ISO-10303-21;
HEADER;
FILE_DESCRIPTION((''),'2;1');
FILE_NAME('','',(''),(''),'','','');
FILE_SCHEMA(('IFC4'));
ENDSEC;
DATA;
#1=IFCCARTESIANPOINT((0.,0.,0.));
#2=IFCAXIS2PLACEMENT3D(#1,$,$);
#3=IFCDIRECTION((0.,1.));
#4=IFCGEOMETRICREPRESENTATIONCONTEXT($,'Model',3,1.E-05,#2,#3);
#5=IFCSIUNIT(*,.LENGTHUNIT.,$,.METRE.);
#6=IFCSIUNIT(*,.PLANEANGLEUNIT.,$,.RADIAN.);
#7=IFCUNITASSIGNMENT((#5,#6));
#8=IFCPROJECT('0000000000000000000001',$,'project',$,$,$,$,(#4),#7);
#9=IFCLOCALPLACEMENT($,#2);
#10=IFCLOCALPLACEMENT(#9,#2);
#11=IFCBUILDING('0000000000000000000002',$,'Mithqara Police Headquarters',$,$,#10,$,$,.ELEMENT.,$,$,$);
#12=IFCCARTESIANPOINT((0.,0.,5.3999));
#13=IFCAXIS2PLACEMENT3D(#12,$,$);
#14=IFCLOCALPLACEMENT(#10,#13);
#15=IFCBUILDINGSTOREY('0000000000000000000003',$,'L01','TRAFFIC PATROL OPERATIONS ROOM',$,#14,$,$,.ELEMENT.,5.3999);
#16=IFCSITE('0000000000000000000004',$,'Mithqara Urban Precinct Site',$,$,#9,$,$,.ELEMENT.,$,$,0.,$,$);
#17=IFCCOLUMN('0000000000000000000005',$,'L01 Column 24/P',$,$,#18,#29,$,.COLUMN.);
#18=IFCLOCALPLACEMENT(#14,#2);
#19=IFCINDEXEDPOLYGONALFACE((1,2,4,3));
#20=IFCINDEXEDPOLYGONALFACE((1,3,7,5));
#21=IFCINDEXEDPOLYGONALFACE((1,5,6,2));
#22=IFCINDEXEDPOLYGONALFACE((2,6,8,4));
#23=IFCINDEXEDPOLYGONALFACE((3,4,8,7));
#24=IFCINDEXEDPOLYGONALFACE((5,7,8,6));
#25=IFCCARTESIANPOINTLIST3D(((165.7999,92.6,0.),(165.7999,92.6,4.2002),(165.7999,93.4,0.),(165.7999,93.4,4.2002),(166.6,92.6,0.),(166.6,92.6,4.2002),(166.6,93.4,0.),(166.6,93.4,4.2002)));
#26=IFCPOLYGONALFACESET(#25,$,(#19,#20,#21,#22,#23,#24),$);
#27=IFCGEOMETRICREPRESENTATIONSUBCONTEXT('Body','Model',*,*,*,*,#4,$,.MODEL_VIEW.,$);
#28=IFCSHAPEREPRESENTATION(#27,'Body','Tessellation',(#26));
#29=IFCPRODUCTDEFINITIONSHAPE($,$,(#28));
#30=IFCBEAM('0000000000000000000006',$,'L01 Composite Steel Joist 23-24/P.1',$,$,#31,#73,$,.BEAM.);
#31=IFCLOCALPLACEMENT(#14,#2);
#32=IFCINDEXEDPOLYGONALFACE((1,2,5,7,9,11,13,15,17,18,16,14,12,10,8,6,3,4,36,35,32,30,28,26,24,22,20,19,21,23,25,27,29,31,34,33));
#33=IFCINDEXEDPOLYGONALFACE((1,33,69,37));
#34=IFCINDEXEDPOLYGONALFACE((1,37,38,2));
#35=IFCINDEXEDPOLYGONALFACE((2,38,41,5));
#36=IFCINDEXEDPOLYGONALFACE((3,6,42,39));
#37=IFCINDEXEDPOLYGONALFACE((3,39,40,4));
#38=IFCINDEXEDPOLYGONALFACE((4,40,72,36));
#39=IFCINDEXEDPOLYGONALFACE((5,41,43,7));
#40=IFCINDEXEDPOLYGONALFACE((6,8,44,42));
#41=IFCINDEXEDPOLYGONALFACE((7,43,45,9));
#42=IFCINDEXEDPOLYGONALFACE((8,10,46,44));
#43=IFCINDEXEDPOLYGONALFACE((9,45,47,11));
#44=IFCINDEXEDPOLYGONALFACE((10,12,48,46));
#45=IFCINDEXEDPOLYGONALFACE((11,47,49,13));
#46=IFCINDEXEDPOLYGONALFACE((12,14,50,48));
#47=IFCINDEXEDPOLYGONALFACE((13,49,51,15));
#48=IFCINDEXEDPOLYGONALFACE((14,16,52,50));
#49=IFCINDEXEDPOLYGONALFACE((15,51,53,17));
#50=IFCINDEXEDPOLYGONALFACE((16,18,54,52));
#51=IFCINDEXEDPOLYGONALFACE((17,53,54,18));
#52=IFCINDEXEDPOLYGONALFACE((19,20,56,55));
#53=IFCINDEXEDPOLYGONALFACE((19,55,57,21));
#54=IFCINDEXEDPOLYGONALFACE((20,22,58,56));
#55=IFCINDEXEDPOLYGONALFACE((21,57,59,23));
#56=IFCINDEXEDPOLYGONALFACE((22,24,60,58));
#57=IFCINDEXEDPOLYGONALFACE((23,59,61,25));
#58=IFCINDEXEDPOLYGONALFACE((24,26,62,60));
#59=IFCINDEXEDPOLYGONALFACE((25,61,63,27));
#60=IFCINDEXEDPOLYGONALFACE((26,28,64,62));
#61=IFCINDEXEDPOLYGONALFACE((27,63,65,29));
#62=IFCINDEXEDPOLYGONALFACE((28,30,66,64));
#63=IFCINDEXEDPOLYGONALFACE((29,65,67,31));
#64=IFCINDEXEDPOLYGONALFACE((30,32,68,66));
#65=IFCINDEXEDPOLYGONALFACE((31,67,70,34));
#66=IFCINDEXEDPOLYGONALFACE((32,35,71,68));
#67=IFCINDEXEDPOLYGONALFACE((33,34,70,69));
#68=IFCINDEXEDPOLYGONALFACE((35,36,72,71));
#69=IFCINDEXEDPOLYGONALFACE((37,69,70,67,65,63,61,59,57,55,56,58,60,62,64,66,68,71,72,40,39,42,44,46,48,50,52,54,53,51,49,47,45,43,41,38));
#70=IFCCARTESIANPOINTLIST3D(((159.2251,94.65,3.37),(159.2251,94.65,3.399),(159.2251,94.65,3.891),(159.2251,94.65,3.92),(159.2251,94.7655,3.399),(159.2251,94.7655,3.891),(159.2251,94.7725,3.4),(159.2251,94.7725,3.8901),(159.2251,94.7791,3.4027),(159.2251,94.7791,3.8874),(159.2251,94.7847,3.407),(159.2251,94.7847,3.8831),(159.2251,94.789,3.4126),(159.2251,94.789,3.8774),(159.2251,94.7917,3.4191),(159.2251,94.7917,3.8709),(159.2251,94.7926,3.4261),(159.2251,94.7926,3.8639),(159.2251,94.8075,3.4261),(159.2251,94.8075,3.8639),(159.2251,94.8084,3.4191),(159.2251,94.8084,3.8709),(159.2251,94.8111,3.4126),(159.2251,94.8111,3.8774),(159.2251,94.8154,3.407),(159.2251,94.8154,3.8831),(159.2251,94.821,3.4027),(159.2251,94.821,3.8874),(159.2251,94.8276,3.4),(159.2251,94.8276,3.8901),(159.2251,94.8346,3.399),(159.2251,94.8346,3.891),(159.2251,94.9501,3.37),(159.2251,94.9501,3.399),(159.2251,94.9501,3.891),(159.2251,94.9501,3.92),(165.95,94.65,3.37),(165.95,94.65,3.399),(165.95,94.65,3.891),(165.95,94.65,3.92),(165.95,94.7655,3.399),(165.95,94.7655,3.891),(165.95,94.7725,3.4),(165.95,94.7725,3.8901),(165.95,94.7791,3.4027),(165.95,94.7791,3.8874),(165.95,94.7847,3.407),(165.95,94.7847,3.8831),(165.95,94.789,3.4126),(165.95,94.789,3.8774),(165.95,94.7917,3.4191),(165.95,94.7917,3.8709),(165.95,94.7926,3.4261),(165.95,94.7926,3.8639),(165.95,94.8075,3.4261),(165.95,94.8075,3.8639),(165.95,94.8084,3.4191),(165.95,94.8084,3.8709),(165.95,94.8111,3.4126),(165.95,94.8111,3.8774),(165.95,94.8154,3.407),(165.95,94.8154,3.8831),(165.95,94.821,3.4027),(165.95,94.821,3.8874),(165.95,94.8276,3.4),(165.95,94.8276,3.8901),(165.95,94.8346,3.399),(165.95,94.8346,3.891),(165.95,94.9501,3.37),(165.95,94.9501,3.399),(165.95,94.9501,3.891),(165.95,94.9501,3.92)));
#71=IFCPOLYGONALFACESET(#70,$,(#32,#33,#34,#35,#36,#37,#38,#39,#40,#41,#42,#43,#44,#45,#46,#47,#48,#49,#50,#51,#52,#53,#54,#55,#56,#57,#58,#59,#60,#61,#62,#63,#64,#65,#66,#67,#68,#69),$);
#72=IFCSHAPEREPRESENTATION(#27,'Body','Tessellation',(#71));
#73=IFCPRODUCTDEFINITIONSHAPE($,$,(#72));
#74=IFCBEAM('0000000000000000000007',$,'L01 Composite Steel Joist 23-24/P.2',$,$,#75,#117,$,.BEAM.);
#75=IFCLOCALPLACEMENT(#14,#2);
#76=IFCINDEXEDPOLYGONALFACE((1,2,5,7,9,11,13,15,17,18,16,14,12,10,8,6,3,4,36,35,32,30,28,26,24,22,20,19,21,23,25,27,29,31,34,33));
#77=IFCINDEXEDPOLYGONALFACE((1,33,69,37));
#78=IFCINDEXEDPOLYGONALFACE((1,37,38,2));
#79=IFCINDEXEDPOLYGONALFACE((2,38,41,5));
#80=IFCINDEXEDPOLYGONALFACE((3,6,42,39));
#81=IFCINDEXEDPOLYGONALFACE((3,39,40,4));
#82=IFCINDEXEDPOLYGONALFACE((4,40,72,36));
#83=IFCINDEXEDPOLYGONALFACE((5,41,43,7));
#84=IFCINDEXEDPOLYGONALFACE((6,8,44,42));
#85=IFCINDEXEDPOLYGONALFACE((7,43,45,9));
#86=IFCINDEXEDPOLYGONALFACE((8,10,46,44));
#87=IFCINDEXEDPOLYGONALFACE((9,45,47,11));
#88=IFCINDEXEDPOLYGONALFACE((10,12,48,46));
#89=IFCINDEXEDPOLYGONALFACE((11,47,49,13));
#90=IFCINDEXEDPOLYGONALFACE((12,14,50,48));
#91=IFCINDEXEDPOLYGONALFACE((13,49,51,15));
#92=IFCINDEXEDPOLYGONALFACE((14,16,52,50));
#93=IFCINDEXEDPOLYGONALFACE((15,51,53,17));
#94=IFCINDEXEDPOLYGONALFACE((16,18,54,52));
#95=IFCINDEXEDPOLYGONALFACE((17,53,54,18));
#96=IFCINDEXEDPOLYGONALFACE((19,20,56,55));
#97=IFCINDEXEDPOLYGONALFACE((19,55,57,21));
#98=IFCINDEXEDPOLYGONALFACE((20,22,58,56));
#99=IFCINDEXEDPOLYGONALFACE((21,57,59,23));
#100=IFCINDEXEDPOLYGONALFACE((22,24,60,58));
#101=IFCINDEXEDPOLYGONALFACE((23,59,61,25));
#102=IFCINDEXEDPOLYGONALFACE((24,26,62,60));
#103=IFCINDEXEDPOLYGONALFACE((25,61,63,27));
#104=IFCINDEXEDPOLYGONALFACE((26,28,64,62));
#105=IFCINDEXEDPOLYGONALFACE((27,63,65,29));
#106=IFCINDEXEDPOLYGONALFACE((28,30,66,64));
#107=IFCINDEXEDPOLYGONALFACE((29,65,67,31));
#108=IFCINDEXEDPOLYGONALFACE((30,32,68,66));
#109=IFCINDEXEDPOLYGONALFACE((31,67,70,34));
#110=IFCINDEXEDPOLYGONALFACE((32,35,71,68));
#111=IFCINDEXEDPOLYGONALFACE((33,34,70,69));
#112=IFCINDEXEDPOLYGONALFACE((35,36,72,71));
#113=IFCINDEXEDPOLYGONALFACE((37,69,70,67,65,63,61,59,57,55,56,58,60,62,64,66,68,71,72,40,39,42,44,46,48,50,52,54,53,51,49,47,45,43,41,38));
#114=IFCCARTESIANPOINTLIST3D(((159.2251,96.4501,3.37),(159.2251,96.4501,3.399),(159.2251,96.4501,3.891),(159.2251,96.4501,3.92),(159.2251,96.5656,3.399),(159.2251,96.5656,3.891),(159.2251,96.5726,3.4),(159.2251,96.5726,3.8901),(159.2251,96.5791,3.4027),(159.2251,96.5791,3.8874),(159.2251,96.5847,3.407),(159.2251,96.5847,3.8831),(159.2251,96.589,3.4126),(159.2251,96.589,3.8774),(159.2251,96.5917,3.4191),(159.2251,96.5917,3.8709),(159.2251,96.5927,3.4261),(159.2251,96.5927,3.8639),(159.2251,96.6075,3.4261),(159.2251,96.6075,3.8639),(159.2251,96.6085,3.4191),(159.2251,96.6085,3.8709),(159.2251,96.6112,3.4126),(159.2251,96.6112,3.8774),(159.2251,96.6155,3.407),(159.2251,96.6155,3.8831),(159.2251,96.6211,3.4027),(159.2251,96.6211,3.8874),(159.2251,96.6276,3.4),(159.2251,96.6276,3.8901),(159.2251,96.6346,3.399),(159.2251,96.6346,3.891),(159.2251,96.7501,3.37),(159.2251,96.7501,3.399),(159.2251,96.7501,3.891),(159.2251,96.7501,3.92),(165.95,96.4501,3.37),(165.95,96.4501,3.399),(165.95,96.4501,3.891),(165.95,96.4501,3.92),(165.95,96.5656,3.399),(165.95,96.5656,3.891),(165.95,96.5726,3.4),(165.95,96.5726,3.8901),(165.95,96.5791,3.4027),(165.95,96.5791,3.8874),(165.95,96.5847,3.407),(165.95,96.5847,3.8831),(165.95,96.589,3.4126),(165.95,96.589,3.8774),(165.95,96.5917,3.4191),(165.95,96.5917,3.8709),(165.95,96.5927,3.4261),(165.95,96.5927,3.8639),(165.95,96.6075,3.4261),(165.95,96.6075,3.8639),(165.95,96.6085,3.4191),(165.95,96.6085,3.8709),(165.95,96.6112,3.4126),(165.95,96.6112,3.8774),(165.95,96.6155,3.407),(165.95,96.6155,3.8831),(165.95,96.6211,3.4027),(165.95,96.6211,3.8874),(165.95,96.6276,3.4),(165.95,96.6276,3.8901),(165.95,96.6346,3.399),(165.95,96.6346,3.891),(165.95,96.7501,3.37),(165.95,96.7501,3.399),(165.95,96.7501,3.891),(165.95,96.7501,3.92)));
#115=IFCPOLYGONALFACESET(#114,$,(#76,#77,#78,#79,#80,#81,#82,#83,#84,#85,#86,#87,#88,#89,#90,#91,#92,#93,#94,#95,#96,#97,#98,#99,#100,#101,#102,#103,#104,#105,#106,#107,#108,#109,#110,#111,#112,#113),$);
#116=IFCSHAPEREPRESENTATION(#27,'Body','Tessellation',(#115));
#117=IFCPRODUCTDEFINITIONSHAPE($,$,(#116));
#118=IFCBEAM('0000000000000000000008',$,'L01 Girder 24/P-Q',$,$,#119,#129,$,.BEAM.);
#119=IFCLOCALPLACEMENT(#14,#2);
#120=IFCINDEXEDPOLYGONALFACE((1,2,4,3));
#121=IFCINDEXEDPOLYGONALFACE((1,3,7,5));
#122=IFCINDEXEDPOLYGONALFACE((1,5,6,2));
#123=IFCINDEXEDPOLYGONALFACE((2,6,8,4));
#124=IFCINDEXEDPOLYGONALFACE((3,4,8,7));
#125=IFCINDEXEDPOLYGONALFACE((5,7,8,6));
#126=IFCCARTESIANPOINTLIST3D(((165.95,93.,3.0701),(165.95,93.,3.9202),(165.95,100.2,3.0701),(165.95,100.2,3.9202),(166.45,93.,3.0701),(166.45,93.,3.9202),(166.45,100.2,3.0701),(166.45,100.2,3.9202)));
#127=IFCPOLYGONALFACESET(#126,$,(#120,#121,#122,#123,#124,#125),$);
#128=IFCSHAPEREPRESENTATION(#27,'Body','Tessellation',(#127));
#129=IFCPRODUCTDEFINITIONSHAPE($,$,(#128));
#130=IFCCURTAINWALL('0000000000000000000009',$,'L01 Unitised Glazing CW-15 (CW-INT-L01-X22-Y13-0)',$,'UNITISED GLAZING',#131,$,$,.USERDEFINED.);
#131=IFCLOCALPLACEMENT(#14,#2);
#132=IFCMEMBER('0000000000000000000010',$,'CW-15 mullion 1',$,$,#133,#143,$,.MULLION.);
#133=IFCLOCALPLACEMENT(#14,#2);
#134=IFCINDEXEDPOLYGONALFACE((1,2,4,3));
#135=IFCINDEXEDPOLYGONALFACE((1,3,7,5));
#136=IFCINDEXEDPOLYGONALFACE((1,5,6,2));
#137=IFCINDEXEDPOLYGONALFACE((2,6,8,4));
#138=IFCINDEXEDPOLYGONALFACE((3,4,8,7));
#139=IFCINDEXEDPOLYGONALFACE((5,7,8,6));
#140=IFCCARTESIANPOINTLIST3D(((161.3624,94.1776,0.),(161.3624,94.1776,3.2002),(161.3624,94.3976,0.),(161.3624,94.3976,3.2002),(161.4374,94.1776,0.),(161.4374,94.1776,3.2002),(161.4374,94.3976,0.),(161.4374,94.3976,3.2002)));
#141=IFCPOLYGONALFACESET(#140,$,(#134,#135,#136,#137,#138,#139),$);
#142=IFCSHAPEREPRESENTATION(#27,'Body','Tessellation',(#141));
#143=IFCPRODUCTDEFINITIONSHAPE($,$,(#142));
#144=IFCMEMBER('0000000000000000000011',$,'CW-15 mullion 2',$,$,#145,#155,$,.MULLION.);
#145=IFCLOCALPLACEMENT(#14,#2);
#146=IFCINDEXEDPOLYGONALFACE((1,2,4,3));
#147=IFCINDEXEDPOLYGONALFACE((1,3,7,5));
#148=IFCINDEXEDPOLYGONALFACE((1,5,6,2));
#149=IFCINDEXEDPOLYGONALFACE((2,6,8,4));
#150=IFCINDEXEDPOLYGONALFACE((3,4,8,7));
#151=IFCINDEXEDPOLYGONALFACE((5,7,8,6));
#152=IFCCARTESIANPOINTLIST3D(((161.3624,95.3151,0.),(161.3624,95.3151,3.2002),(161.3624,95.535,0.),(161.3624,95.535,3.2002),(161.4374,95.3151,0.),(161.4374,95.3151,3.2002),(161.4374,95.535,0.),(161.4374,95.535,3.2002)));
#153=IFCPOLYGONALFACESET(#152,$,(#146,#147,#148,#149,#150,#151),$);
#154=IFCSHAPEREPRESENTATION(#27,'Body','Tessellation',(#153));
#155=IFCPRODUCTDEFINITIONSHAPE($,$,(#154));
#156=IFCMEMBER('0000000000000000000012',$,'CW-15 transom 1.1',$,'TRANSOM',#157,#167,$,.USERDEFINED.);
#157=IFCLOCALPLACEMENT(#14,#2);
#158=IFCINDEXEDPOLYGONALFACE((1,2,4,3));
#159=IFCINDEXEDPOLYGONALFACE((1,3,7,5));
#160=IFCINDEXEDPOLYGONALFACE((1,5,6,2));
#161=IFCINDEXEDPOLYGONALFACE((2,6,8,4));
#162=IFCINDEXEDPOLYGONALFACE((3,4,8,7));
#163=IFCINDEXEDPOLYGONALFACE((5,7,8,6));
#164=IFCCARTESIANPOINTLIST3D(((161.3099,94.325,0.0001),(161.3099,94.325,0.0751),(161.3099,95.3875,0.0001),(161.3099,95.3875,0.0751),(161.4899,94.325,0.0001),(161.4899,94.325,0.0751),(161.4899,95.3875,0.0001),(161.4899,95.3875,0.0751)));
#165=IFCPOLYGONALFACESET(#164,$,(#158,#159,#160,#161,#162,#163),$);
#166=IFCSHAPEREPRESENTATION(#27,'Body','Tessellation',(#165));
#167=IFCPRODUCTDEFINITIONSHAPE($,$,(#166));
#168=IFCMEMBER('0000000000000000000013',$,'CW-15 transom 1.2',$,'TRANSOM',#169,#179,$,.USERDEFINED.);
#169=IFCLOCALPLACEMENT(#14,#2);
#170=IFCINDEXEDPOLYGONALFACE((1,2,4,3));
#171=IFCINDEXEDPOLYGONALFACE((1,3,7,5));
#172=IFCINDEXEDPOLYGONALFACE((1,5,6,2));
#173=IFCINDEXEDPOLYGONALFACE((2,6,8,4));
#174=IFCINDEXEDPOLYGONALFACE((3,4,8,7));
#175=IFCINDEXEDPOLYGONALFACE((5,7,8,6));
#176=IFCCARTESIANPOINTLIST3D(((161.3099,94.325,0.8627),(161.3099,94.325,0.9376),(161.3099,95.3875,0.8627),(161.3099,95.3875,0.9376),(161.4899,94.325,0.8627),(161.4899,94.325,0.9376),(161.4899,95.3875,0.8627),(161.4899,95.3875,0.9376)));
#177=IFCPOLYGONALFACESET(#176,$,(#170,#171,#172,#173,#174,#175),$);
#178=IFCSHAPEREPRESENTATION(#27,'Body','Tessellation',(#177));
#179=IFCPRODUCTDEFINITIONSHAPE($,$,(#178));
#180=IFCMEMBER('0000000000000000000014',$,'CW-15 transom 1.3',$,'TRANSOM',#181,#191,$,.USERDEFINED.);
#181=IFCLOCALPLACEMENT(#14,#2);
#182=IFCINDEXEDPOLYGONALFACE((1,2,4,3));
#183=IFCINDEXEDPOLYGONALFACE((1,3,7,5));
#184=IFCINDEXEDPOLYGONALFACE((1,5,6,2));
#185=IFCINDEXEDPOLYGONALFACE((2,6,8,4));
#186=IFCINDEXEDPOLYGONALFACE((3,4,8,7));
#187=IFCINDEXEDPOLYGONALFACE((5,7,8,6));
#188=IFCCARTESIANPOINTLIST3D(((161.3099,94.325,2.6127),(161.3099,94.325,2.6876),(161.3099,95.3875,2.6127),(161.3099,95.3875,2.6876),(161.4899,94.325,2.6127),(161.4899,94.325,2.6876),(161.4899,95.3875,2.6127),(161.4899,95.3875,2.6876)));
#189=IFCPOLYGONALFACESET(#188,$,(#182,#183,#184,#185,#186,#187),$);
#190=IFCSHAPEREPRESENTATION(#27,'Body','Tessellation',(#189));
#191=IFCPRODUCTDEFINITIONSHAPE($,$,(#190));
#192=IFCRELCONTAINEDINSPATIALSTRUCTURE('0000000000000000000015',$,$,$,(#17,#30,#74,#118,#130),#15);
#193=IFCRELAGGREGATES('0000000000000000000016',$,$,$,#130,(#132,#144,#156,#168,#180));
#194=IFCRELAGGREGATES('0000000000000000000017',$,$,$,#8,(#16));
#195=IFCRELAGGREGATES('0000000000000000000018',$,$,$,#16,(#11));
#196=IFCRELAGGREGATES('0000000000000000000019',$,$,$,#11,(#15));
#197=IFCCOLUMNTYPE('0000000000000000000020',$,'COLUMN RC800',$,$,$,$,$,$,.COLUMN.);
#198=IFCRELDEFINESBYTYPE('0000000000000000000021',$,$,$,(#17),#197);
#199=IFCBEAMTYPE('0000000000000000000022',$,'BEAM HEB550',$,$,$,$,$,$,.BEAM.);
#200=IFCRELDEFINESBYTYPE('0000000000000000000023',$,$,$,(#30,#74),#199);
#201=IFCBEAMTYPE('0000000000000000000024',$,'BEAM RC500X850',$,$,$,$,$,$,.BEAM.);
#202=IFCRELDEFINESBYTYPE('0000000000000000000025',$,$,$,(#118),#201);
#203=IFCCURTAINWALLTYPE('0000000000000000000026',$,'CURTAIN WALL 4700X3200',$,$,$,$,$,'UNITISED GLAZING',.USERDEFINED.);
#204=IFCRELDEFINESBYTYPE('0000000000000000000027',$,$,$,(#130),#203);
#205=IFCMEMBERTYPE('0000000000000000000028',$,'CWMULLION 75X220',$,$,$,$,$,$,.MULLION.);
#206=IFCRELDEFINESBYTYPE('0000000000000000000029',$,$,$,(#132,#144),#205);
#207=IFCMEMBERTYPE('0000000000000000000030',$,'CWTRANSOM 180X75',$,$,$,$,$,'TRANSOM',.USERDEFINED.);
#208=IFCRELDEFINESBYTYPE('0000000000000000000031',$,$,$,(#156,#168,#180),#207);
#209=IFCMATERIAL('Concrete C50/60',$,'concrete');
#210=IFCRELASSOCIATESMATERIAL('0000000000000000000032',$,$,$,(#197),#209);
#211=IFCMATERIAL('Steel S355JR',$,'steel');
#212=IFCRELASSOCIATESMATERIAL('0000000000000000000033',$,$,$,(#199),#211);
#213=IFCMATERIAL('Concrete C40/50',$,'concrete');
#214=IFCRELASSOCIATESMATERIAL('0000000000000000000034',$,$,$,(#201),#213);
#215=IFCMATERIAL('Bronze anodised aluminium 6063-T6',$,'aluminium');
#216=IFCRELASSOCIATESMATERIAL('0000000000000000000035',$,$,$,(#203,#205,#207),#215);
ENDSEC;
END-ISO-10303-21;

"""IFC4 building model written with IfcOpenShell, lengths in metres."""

from ifc_helpers import new_model, si_unit, direction, frame, origin, origin_2d, place, context, subcontext, project, spatial, rectangle, i_section, extrude, material, material_profile, profile_set, type_object, element, aggregate, save


model = new_model("IFC4")

# Units and contexts
model_context = context("Model", 3, precision=1e-05, world=origin(), true_north=direction((0.0, 1.0)))
body_context = subcontext(model_context, "Body", "Model", "MODEL_VIEW")
ifc_project = project(units=[si_unit("LENGTHUNIT", "METRE"), si_unit("PLANEANGLEUNIT", "RADIAN")], contexts=[model_context])

# Site, building, storey
site_placement = place(None, origin())
site = spatial("IfcSite", under=ifc_project, at=site_placement, Name="Mithqara Urban Precinct Site", CompositionType="ELEMENT", RefElevation=0.0)
building_placement = place(site_placement, origin())
building = spatial("IfcBuilding", under=site, at=building_placement, Name="Mithqara Police Headquarters", CompositionType="ELEMENT")
storey_placement = place(building_placement, frame((0.0, 0.0, 5.3999)))
storey = spatial("IfcBuildingStorey", under=building, at=storey_placement, Name="L01", Description="TRAFFIC PATROL OPERATIONS ROOM", CompositionType="ELEMENT", Elevation=5.3999)

# Column
ifc_material_1 = material(Name="Concrete C50/60", Category="concrete")
ifc_material_profile_1 = material_profile(ifc_material_1, rectangle(XDim=0.8, YDim=0.8, at=origin_2d()), Name="RC 800x800")
ifc_profile_set_1 = profile_set([ifc_material_profile_1], Name="Concrete C50/60")
column_type = type_object("IfcColumnType", Name="COLUMN RC800", PredefinedType="COLUMN", material=ifc_profile_set_1)
column_placement = place(storey_placement, frame((166.2, 93.0, 0.0), z_axis=(0.0, 0.0, 1.0), x_axis=(1.0, 0.0, 0.0)))
element("IfcColumn", 1, at=column_placement, inside=storey, type_object=column_type, Name="L01 Column 24/P", PredefinedType="COLUMN", context=body_context, shape_type="SweptSolid", body=[
    extrude(rectangle(XDim=0.8, YDim=0.8, at=origin_2d()), origin(), (0.0, 0.0, 1.0), 4.2002),
])

# Beams
ifc_material_2 = material(Name="Steel S355JR", Category="steel")
ifc_material_profile_2 = material_profile(ifc_material_2, i_section(OverallWidth=0.3, OverallDepth=0.55, WebThickness=0.0149, FlangeThickness=0.0291, FilletRadius=0.0271, at=origin_2d()), Name="HEB 550")
ifc_profile_set_2 = profile_set([ifc_material_profile_2], Name="Steel S355JR")
beam_type_1 = type_object("IfcBeamType", Name="BEAM HEB550", PredefinedType="BEAM", material=ifc_profile_set_2)
for number, where, z_axis, x_axis, name in (
    (2, (159.2251, 94.8, 3.645), (1.0, 0.0, 0.0), (0.0, 1.0, 0.0), "L01 Composite Steel Joist 23-24/P.1"),
    (3, (159.2251, 96.6001, 3.645), (1.0, 0.0, 0.0), (0.0, 1.0, 0.0), "L01 Composite Steel Joist 23-24/P.2"),
):
    element("IfcBeam", number, at=place(storey_placement, frame(where, z_axis=z_axis, x_axis=x_axis)), inside=storey, type_object=beam_type_1, Name=name, PredefinedType="BEAM", context=body_context, shape_type="SweptSolid", body=[
        extrude(i_section(OverallWidth=0.3, OverallDepth=0.55, WebThickness=0.0149, FlangeThickness=0.0291, FilletRadius=0.0271, at=origin_2d()), origin(), (0.0, 0.0, 1.0), 6.7249),
    ])
ifc_material_3 = material(Name="Concrete C40/50", Category="concrete")
ifc_material_profile_3 = material_profile(ifc_material_3, rectangle(XDim=0.5, YDim=0.8501, at=origin_2d()), Name="RC 500x850")
ifc_profile_set_3 = profile_set([ifc_material_profile_3], Name="Concrete C40/50")
beam_type_2 = type_object("IfcBeamType", Name="BEAM RC500X850", PredefinedType="BEAM", material=ifc_profile_set_3)
beam_placement = place(storey_placement, frame((166.2, 93.0, 3.4951), z_axis=(0.0, 1.0, 0.0), x_axis=(-1.0, 0.0, 0.0)))
element("IfcBeam", 4, at=beam_placement, inside=storey, type_object=beam_type_2, Name="L01 Girder 24/P-Q", PredefinedType="BEAM", context=body_context, shape_type="SweptSolid", body=[
    extrude(rectangle(XDim=0.5, YDim=0.8501, at=origin_2d()), origin(), (0.0, 0.0, 1.0), 7.2),
])

# Curtain wall, members
ifc_material_4 = material(Name="Bronze anodised aluminium 6063-T6", Category="aluminium")
curtain_wall_type = type_object("IfcCurtainWallType", Name="CURTAIN WALL 4700X3200", ElementType="UNITISED GLAZING", PredefinedType="USERDEFINED", material=ifc_material_4)
curtain_wall_placement = place(storey_placement, origin())
curtain_wall = element("IfcCurtainWall", 5, at=curtain_wall_placement, inside=storey, type_object=curtain_wall_type, Name="L01 Unitised Glazing CW-15 (CW-INT-L01-X22-Y13-0)", ObjectType="UNITISED GLAZING", PredefinedType="USERDEFINED")
ifc_material_profile_4 = material_profile(ifc_material_4, rectangle(XDim=0.075, YDim=0.22, at=origin_2d()), Name="CWM 75x220")
ifc_profile_set_4 = profile_set([ifc_material_profile_4], Name="Bronze anodised aluminium 6063-T6")
member_type_1 = type_object("IfcMemberType", Name="CWMULLION 75X220", PredefinedType="MULLION", material=ifc_profile_set_4)
member_1_placement = place(storey_placement, frame((161.3999, 94.2876, 0.0), z_axis=(0.0, 0.0, 1.0), x_axis=(-1.0, 0.0, 0.0)))
member_1 = element("IfcMember", 6, at=member_1_placement, type_object=member_type_1, Name="CW-15 mullion 1", PredefinedType="MULLION", context=body_context, shape_type="SweptSolid", body=[
    extrude(rectangle(XDim=0.075, YDim=0.22, at=origin_2d()), origin(), (0.0, 0.0, 1.0), 3.2002),
])
member_2_placement = place(storey_placement, frame((161.3999, 95.425, 0.0), z_axis=(0.0, 0.0, 1.0), x_axis=(-1.0, 0.0, 0.0)))
member_2 = element("IfcMember", 7, at=member_2_placement, type_object=member_type_1, Name="CW-15 mullion 2", PredefinedType="MULLION", context=body_context, shape_type="SweptSolid", body=[
    extrude(rectangle(XDim=0.075, YDim=0.22, at=origin_2d()), origin(), (0.0, 0.0, 1.0), 3.2002),
])
ifc_material_profile_5 = material_profile(ifc_material_4, rectangle(XDim=0.1799, YDim=0.075, at=origin_2d()), Name="CWT 180x75")
ifc_profile_set_5 = profile_set([ifc_material_profile_5], Name="Bronze anodised aluminium 6063-T6")
member_type_2 = type_object("IfcMemberType", Name="CWTRANSOM 180X75", ElementType="TRANSOM", PredefinedType="USERDEFINED", material=ifc_profile_set_5)
member_3_placement = place(storey_placement, frame((161.3999, 94.325, 0.0376), z_axis=(0.0, 1.0, 0.0), x_axis=(-1.0, 0.0, 0.0)))
member_3 = element("IfcMember", 8, at=member_3_placement, type_object=member_type_2, Name="CW-15 transom 1.1", ObjectType="TRANSOM", PredefinedType="USERDEFINED", context=body_context, shape_type="SweptSolid", body=[
    extrude(rectangle(XDim=0.1799, YDim=0.075, at=origin_2d()), origin(), (0.0, 0.0, 1.0), 1.0625),
])
member_4_placement = place(storey_placement, frame((161.3999, 94.325, 0.9001), z_axis=(0.0, 1.0, 0.0), x_axis=(-1.0, 0.0, 0.0)))
member_4 = element("IfcMember", 9, at=member_4_placement, type_object=member_type_2, Name="CW-15 transom 1.2", ObjectType="TRANSOM", PredefinedType="USERDEFINED", context=body_context, shape_type="SweptSolid", body=[
    extrude(rectangle(XDim=0.1799, YDim=0.075, at=origin_2d()), origin(), (0.0, 0.0, 1.0), 1.0625),
])
member_5_placement = place(storey_placement, frame((161.3999, 94.325, 2.6501), z_axis=(0.0, 1.0, 0.0), x_axis=(-1.0, 0.0, 0.0)))
member_5 = element("IfcMember", 10, at=member_5_placement, type_object=member_type_2, Name="CW-15 transom 1.3", ObjectType="TRANSOM", PredefinedType="USERDEFINED", context=body_context, shape_type="SweptSolid", body=[
    extrude(rectangle(XDim=0.1799, YDim=0.075, at=origin_2d()), origin(), (0.0, 0.0, 1.0), 1.0625),
])
aggregate(curtain_wall, [member_1, member_2, member_3, member_4, member_5])

save(model, "model.ifc")
